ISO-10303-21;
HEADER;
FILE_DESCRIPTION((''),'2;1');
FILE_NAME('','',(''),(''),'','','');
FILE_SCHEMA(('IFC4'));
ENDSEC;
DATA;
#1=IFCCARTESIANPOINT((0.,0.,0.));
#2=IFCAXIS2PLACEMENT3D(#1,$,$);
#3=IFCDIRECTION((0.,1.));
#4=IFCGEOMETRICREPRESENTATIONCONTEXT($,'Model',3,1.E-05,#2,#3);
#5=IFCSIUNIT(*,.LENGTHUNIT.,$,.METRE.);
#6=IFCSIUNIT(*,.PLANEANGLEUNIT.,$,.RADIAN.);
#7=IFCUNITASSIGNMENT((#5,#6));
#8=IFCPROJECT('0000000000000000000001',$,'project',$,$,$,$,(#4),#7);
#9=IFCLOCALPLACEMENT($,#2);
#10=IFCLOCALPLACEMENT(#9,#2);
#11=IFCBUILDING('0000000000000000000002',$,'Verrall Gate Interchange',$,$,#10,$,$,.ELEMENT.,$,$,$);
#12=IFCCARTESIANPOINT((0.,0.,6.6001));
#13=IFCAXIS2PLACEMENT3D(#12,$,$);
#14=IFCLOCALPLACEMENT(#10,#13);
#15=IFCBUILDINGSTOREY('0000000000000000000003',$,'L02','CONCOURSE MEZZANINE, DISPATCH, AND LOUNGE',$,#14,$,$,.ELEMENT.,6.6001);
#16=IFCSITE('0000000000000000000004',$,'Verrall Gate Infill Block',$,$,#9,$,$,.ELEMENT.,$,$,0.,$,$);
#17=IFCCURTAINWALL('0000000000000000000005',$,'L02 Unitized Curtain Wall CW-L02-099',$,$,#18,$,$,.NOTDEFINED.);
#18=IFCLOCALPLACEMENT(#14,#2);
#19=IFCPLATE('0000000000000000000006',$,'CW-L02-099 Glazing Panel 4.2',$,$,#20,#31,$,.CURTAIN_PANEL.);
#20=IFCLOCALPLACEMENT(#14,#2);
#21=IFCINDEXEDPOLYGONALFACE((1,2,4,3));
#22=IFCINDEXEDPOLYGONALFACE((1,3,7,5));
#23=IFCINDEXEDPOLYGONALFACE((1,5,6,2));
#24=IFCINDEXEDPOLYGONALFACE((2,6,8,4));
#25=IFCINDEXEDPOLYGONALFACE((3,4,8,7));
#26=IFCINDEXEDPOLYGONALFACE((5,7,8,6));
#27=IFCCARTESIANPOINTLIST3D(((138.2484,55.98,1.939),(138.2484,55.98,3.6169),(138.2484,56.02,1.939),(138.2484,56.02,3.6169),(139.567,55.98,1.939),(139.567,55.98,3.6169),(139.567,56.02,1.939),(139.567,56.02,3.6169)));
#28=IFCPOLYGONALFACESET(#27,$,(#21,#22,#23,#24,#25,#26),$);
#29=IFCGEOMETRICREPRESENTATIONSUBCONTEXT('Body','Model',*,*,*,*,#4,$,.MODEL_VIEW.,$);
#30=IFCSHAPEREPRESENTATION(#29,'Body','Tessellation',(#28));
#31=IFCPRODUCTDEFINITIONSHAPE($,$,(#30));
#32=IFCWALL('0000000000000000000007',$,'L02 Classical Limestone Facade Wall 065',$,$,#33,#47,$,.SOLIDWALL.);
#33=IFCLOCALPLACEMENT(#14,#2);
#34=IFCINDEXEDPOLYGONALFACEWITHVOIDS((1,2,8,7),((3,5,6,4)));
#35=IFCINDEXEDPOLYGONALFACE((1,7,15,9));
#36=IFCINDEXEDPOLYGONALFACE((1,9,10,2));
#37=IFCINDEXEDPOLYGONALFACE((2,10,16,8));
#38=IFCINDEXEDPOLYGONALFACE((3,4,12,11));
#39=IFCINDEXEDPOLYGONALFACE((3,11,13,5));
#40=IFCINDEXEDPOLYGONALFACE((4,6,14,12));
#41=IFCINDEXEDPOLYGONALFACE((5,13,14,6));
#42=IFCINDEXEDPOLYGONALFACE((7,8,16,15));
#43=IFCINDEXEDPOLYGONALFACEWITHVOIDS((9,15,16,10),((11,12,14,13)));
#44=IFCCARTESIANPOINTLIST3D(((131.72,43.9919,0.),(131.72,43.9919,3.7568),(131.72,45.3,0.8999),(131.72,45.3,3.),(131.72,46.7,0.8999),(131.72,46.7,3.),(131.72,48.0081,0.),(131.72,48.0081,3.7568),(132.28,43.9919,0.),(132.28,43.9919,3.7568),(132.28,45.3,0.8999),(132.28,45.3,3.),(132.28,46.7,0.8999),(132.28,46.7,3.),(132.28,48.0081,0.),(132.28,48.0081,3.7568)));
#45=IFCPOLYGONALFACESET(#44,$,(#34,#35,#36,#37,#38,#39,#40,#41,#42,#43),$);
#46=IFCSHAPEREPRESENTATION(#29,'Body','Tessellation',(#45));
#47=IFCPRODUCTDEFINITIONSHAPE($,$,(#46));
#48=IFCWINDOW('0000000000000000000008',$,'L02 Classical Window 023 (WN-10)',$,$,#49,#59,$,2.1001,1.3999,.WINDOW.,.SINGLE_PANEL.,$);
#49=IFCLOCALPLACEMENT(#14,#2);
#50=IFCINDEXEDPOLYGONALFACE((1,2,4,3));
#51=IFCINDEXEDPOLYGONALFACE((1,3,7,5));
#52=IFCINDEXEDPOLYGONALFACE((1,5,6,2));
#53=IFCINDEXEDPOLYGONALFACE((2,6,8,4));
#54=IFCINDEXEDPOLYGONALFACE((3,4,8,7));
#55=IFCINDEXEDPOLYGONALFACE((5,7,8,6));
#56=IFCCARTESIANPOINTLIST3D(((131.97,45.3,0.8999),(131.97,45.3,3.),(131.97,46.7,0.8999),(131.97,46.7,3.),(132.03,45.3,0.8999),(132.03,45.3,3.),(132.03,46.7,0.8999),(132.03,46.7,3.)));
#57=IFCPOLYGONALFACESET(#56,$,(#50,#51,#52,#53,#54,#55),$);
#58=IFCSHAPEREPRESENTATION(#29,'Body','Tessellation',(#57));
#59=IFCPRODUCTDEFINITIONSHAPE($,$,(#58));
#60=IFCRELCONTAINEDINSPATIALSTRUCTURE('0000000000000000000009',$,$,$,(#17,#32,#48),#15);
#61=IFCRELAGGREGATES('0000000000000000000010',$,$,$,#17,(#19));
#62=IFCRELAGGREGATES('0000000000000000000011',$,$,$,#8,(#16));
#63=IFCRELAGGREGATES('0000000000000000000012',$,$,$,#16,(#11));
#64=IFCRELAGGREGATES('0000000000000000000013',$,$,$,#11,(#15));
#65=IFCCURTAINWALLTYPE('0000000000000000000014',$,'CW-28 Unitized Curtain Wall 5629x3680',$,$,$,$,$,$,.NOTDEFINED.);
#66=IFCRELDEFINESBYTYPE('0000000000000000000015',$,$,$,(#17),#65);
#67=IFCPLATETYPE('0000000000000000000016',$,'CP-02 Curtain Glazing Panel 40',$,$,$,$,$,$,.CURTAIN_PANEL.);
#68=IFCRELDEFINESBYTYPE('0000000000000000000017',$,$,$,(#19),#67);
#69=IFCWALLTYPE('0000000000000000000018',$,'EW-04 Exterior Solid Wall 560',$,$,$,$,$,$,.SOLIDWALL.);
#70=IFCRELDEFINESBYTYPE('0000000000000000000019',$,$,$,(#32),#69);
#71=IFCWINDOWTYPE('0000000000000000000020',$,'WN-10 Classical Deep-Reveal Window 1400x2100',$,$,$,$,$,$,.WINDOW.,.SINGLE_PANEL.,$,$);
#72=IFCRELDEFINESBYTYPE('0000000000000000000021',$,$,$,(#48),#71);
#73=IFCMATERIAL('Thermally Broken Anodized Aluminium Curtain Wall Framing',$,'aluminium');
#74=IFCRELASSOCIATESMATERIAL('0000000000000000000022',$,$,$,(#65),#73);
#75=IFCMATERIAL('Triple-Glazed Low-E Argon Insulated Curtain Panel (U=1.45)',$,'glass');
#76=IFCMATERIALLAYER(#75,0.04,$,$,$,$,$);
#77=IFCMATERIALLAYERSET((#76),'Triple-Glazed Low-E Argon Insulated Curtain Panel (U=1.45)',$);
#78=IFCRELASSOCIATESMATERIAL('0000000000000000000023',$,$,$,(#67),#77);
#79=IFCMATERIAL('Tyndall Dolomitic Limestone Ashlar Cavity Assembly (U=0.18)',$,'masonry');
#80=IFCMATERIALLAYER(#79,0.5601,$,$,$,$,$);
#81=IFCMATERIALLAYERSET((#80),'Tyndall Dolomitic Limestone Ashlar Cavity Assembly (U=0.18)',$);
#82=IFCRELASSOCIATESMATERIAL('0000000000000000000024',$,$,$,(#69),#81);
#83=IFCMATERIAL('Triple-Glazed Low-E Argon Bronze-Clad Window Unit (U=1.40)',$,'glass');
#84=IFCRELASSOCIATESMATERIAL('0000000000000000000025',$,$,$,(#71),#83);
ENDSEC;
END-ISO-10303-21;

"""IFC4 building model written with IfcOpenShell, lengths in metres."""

from ifc_helpers import new_model, si_unit, direction, frame, frame_2d, origin, origin_2d, place, context, subcontext, project, spatial, rectangle, extrude, material, layer, layer_set, type_object, element, fill, aggregate, save


model = new_model("IFC4")

# Units and contexts
model_context = context("Model", 3, precision=1e-05, world=origin(), true_north=direction((0.0, 1.0)))
body_context = subcontext(model_context, "Body", "Model", "MODEL_VIEW")
ifc_project = project(units=[si_unit("LENGTHUNIT", "METRE"), si_unit("PLANEANGLEUNIT", "RADIAN")], contexts=[model_context])

# Site, building, storey
site_placement = place(None, origin())
site = spatial("IfcSite", under=ifc_project, at=site_placement, Name="Verrall Gate Infill Block", CompositionType="ELEMENT", RefElevation=0.0)
building_placement = place(site_placement, origin())
building = spatial("IfcBuilding", under=site, at=building_placement, Name="Verrall Gate Interchange", CompositionType="ELEMENT")
storey_placement = place(building_placement, frame((0.0, 0.0, 6.6001)))
storey = spatial("IfcBuildingStorey", under=building, at=storey_placement, Name="L02", Description="CONCOURSE MEZZANINE, DISPATCH, AND LOUNGE", CompositionType="ELEMENT", Elevation=6.6001)

# Curtain wall
ifc_material_1 = material(Name="Thermally Broken Anodized Aluminium Curtain Wall Framing", Category="aluminium")
curtain_wall_type = type_object("IfcCurtainWallType", Name="CW-28 Unitized Curtain Wall 5629x3680", PredefinedType="NOTDEFINED", material=ifc_material_1)
curtain_wall_1_placement = place(storey_placement, origin())
curtain_wall_1 = element("IfcCurtainWall", 1, at=curtain_wall_1_placement, inside=storey, type_object=curtain_wall_type, Name="L02 Unitized Curtain Wall CW-L02-099", PredefinedType="NOTDEFINED")

# Plate
ifc_material_2 = material(Name="Triple-Glazed Low-E Argon Insulated Curtain Panel (U=1.45)", Category="glass")
ifc_layer_1 = layer(ifc_material_2, 0.04)
ifc_layer_set_1 = layer_set([ifc_layer_1], Name="Triple-Glazed Low-E Argon Insulated Curtain Panel (U=1.45)")
plate_type_1 = type_object("IfcPlateType", Name="CP-02 Curtain Glazing Panel 40", PredefinedType="CURTAIN_PANEL", material=ifc_layer_set_1)
plate_1_placement = place(storey_placement, frame((138.9077, 56.0, 1.939), z_axis=(0.0, 0.0, 1.0), x_axis=(-1.0, 0.0, 0.0)))
plate_1 = element("IfcPlate", 2, at=plate_1_placement, type_object=plate_type_1, Name="CW-L02-099 Glazing Panel 4.2", PredefinedType="CURTAIN_PANEL", context=body_context, shape_type="SweptSolid", body=[
    extrude(rectangle(XDim=1.3186, YDim=0.04, at=origin_2d()), origin(), (0.0, 0.0, 1.0), 1.678),
])
aggregate(curtain_wall_1, [plate_1])

# Wall, opening, window
ifc_material_3 = material(Name="Tyndall Dolomitic Limestone Ashlar Cavity Assembly (U=0.18)", Category="masonry")
ifc_layer_2 = layer(ifc_material_3, 0.5601)
ifc_layer_set_2 = layer_set([ifc_layer_2], Name="Tyndall Dolomitic Limestone Ashlar Cavity Assembly (U=0.18)")
wall_type = type_object("IfcWallType", Name="EW-04 Exterior Solid Wall 560", PredefinedType="SOLIDWALL", material=ifc_layer_set_2)
wall_placement = place(storey_placement, frame((132.0, 48.0081, 0.0), z_axis=(0.0, 0.0, 1.0), x_axis=(0.0, -1.0, 0.0)))
wall = element("IfcWall", 3, at=wall_placement, inside=storey, type_object=wall_type, Name="L02 Classical Limestone Facade Wall 065", PredefinedType="SOLIDWALL", context=body_context, shape_type="SweptSolid", body=[
    extrude(rectangle(XDim=4.0161, YDim=0.5601, at=frame_2d((2.0081, 0.0))), origin(), (0.0, 0.0, 1.0), 3.7568),
])
opening_placement = place(wall_placement, frame((1.3081, 0.0, 0.8999)))
opening = element("IfcOpeningElement", 4, at=opening_placement, cuts=wall, PredefinedType="OPENING", context=body_context, shape_type="SweptSolid", body=[
    extrude(rectangle(XDim=1.3999, YDim=2.1001, at=frame_2d((0.7, 1.05))), frame((0.0, 0.2949, 0.0), z_axis=(0.0, -1.0, 0.0), x_axis=(1.0, 0.0, 0.0)), (0.0, 0.0, 1.0), 0.5898),
])
ifc_material_4 = material(Name="Triple-Glazed Low-E Argon Bronze-Clad Window Unit (U=1.40)", Category="glass")
window_type = type_object("IfcWindowType", Name="WN-10 Classical Deep-Reveal Window 1400x2100", PartitioningType="SINGLE_PANEL", PredefinedType="WINDOW", material=ifc_material_4)
window_placement = place(opening_placement, origin())
window = element("IfcWindow", 5, at=window_placement, inside=storey, type_object=window_type, Name="L02 Classical Window 023 (WN-10)", OverallHeight=2.1001, OverallWidth=1.3999, PartitioningType="SINGLE_PANEL", PredefinedType="WINDOW", context=body_context, shape_type="SweptSolid", body=[
    extrude(rectangle(XDim=1.3999, YDim=2.1001, at=frame_2d((0.7, 1.05))), frame((0.0, 0.03, 0.0), z_axis=(0.0, -1.0, 0.0), x_axis=(1.0, 0.0, 0.0)), (0.0, 0.0, 1.0), 0.0601),
])
fill(opening, window)

save(model, "model.ifc")
